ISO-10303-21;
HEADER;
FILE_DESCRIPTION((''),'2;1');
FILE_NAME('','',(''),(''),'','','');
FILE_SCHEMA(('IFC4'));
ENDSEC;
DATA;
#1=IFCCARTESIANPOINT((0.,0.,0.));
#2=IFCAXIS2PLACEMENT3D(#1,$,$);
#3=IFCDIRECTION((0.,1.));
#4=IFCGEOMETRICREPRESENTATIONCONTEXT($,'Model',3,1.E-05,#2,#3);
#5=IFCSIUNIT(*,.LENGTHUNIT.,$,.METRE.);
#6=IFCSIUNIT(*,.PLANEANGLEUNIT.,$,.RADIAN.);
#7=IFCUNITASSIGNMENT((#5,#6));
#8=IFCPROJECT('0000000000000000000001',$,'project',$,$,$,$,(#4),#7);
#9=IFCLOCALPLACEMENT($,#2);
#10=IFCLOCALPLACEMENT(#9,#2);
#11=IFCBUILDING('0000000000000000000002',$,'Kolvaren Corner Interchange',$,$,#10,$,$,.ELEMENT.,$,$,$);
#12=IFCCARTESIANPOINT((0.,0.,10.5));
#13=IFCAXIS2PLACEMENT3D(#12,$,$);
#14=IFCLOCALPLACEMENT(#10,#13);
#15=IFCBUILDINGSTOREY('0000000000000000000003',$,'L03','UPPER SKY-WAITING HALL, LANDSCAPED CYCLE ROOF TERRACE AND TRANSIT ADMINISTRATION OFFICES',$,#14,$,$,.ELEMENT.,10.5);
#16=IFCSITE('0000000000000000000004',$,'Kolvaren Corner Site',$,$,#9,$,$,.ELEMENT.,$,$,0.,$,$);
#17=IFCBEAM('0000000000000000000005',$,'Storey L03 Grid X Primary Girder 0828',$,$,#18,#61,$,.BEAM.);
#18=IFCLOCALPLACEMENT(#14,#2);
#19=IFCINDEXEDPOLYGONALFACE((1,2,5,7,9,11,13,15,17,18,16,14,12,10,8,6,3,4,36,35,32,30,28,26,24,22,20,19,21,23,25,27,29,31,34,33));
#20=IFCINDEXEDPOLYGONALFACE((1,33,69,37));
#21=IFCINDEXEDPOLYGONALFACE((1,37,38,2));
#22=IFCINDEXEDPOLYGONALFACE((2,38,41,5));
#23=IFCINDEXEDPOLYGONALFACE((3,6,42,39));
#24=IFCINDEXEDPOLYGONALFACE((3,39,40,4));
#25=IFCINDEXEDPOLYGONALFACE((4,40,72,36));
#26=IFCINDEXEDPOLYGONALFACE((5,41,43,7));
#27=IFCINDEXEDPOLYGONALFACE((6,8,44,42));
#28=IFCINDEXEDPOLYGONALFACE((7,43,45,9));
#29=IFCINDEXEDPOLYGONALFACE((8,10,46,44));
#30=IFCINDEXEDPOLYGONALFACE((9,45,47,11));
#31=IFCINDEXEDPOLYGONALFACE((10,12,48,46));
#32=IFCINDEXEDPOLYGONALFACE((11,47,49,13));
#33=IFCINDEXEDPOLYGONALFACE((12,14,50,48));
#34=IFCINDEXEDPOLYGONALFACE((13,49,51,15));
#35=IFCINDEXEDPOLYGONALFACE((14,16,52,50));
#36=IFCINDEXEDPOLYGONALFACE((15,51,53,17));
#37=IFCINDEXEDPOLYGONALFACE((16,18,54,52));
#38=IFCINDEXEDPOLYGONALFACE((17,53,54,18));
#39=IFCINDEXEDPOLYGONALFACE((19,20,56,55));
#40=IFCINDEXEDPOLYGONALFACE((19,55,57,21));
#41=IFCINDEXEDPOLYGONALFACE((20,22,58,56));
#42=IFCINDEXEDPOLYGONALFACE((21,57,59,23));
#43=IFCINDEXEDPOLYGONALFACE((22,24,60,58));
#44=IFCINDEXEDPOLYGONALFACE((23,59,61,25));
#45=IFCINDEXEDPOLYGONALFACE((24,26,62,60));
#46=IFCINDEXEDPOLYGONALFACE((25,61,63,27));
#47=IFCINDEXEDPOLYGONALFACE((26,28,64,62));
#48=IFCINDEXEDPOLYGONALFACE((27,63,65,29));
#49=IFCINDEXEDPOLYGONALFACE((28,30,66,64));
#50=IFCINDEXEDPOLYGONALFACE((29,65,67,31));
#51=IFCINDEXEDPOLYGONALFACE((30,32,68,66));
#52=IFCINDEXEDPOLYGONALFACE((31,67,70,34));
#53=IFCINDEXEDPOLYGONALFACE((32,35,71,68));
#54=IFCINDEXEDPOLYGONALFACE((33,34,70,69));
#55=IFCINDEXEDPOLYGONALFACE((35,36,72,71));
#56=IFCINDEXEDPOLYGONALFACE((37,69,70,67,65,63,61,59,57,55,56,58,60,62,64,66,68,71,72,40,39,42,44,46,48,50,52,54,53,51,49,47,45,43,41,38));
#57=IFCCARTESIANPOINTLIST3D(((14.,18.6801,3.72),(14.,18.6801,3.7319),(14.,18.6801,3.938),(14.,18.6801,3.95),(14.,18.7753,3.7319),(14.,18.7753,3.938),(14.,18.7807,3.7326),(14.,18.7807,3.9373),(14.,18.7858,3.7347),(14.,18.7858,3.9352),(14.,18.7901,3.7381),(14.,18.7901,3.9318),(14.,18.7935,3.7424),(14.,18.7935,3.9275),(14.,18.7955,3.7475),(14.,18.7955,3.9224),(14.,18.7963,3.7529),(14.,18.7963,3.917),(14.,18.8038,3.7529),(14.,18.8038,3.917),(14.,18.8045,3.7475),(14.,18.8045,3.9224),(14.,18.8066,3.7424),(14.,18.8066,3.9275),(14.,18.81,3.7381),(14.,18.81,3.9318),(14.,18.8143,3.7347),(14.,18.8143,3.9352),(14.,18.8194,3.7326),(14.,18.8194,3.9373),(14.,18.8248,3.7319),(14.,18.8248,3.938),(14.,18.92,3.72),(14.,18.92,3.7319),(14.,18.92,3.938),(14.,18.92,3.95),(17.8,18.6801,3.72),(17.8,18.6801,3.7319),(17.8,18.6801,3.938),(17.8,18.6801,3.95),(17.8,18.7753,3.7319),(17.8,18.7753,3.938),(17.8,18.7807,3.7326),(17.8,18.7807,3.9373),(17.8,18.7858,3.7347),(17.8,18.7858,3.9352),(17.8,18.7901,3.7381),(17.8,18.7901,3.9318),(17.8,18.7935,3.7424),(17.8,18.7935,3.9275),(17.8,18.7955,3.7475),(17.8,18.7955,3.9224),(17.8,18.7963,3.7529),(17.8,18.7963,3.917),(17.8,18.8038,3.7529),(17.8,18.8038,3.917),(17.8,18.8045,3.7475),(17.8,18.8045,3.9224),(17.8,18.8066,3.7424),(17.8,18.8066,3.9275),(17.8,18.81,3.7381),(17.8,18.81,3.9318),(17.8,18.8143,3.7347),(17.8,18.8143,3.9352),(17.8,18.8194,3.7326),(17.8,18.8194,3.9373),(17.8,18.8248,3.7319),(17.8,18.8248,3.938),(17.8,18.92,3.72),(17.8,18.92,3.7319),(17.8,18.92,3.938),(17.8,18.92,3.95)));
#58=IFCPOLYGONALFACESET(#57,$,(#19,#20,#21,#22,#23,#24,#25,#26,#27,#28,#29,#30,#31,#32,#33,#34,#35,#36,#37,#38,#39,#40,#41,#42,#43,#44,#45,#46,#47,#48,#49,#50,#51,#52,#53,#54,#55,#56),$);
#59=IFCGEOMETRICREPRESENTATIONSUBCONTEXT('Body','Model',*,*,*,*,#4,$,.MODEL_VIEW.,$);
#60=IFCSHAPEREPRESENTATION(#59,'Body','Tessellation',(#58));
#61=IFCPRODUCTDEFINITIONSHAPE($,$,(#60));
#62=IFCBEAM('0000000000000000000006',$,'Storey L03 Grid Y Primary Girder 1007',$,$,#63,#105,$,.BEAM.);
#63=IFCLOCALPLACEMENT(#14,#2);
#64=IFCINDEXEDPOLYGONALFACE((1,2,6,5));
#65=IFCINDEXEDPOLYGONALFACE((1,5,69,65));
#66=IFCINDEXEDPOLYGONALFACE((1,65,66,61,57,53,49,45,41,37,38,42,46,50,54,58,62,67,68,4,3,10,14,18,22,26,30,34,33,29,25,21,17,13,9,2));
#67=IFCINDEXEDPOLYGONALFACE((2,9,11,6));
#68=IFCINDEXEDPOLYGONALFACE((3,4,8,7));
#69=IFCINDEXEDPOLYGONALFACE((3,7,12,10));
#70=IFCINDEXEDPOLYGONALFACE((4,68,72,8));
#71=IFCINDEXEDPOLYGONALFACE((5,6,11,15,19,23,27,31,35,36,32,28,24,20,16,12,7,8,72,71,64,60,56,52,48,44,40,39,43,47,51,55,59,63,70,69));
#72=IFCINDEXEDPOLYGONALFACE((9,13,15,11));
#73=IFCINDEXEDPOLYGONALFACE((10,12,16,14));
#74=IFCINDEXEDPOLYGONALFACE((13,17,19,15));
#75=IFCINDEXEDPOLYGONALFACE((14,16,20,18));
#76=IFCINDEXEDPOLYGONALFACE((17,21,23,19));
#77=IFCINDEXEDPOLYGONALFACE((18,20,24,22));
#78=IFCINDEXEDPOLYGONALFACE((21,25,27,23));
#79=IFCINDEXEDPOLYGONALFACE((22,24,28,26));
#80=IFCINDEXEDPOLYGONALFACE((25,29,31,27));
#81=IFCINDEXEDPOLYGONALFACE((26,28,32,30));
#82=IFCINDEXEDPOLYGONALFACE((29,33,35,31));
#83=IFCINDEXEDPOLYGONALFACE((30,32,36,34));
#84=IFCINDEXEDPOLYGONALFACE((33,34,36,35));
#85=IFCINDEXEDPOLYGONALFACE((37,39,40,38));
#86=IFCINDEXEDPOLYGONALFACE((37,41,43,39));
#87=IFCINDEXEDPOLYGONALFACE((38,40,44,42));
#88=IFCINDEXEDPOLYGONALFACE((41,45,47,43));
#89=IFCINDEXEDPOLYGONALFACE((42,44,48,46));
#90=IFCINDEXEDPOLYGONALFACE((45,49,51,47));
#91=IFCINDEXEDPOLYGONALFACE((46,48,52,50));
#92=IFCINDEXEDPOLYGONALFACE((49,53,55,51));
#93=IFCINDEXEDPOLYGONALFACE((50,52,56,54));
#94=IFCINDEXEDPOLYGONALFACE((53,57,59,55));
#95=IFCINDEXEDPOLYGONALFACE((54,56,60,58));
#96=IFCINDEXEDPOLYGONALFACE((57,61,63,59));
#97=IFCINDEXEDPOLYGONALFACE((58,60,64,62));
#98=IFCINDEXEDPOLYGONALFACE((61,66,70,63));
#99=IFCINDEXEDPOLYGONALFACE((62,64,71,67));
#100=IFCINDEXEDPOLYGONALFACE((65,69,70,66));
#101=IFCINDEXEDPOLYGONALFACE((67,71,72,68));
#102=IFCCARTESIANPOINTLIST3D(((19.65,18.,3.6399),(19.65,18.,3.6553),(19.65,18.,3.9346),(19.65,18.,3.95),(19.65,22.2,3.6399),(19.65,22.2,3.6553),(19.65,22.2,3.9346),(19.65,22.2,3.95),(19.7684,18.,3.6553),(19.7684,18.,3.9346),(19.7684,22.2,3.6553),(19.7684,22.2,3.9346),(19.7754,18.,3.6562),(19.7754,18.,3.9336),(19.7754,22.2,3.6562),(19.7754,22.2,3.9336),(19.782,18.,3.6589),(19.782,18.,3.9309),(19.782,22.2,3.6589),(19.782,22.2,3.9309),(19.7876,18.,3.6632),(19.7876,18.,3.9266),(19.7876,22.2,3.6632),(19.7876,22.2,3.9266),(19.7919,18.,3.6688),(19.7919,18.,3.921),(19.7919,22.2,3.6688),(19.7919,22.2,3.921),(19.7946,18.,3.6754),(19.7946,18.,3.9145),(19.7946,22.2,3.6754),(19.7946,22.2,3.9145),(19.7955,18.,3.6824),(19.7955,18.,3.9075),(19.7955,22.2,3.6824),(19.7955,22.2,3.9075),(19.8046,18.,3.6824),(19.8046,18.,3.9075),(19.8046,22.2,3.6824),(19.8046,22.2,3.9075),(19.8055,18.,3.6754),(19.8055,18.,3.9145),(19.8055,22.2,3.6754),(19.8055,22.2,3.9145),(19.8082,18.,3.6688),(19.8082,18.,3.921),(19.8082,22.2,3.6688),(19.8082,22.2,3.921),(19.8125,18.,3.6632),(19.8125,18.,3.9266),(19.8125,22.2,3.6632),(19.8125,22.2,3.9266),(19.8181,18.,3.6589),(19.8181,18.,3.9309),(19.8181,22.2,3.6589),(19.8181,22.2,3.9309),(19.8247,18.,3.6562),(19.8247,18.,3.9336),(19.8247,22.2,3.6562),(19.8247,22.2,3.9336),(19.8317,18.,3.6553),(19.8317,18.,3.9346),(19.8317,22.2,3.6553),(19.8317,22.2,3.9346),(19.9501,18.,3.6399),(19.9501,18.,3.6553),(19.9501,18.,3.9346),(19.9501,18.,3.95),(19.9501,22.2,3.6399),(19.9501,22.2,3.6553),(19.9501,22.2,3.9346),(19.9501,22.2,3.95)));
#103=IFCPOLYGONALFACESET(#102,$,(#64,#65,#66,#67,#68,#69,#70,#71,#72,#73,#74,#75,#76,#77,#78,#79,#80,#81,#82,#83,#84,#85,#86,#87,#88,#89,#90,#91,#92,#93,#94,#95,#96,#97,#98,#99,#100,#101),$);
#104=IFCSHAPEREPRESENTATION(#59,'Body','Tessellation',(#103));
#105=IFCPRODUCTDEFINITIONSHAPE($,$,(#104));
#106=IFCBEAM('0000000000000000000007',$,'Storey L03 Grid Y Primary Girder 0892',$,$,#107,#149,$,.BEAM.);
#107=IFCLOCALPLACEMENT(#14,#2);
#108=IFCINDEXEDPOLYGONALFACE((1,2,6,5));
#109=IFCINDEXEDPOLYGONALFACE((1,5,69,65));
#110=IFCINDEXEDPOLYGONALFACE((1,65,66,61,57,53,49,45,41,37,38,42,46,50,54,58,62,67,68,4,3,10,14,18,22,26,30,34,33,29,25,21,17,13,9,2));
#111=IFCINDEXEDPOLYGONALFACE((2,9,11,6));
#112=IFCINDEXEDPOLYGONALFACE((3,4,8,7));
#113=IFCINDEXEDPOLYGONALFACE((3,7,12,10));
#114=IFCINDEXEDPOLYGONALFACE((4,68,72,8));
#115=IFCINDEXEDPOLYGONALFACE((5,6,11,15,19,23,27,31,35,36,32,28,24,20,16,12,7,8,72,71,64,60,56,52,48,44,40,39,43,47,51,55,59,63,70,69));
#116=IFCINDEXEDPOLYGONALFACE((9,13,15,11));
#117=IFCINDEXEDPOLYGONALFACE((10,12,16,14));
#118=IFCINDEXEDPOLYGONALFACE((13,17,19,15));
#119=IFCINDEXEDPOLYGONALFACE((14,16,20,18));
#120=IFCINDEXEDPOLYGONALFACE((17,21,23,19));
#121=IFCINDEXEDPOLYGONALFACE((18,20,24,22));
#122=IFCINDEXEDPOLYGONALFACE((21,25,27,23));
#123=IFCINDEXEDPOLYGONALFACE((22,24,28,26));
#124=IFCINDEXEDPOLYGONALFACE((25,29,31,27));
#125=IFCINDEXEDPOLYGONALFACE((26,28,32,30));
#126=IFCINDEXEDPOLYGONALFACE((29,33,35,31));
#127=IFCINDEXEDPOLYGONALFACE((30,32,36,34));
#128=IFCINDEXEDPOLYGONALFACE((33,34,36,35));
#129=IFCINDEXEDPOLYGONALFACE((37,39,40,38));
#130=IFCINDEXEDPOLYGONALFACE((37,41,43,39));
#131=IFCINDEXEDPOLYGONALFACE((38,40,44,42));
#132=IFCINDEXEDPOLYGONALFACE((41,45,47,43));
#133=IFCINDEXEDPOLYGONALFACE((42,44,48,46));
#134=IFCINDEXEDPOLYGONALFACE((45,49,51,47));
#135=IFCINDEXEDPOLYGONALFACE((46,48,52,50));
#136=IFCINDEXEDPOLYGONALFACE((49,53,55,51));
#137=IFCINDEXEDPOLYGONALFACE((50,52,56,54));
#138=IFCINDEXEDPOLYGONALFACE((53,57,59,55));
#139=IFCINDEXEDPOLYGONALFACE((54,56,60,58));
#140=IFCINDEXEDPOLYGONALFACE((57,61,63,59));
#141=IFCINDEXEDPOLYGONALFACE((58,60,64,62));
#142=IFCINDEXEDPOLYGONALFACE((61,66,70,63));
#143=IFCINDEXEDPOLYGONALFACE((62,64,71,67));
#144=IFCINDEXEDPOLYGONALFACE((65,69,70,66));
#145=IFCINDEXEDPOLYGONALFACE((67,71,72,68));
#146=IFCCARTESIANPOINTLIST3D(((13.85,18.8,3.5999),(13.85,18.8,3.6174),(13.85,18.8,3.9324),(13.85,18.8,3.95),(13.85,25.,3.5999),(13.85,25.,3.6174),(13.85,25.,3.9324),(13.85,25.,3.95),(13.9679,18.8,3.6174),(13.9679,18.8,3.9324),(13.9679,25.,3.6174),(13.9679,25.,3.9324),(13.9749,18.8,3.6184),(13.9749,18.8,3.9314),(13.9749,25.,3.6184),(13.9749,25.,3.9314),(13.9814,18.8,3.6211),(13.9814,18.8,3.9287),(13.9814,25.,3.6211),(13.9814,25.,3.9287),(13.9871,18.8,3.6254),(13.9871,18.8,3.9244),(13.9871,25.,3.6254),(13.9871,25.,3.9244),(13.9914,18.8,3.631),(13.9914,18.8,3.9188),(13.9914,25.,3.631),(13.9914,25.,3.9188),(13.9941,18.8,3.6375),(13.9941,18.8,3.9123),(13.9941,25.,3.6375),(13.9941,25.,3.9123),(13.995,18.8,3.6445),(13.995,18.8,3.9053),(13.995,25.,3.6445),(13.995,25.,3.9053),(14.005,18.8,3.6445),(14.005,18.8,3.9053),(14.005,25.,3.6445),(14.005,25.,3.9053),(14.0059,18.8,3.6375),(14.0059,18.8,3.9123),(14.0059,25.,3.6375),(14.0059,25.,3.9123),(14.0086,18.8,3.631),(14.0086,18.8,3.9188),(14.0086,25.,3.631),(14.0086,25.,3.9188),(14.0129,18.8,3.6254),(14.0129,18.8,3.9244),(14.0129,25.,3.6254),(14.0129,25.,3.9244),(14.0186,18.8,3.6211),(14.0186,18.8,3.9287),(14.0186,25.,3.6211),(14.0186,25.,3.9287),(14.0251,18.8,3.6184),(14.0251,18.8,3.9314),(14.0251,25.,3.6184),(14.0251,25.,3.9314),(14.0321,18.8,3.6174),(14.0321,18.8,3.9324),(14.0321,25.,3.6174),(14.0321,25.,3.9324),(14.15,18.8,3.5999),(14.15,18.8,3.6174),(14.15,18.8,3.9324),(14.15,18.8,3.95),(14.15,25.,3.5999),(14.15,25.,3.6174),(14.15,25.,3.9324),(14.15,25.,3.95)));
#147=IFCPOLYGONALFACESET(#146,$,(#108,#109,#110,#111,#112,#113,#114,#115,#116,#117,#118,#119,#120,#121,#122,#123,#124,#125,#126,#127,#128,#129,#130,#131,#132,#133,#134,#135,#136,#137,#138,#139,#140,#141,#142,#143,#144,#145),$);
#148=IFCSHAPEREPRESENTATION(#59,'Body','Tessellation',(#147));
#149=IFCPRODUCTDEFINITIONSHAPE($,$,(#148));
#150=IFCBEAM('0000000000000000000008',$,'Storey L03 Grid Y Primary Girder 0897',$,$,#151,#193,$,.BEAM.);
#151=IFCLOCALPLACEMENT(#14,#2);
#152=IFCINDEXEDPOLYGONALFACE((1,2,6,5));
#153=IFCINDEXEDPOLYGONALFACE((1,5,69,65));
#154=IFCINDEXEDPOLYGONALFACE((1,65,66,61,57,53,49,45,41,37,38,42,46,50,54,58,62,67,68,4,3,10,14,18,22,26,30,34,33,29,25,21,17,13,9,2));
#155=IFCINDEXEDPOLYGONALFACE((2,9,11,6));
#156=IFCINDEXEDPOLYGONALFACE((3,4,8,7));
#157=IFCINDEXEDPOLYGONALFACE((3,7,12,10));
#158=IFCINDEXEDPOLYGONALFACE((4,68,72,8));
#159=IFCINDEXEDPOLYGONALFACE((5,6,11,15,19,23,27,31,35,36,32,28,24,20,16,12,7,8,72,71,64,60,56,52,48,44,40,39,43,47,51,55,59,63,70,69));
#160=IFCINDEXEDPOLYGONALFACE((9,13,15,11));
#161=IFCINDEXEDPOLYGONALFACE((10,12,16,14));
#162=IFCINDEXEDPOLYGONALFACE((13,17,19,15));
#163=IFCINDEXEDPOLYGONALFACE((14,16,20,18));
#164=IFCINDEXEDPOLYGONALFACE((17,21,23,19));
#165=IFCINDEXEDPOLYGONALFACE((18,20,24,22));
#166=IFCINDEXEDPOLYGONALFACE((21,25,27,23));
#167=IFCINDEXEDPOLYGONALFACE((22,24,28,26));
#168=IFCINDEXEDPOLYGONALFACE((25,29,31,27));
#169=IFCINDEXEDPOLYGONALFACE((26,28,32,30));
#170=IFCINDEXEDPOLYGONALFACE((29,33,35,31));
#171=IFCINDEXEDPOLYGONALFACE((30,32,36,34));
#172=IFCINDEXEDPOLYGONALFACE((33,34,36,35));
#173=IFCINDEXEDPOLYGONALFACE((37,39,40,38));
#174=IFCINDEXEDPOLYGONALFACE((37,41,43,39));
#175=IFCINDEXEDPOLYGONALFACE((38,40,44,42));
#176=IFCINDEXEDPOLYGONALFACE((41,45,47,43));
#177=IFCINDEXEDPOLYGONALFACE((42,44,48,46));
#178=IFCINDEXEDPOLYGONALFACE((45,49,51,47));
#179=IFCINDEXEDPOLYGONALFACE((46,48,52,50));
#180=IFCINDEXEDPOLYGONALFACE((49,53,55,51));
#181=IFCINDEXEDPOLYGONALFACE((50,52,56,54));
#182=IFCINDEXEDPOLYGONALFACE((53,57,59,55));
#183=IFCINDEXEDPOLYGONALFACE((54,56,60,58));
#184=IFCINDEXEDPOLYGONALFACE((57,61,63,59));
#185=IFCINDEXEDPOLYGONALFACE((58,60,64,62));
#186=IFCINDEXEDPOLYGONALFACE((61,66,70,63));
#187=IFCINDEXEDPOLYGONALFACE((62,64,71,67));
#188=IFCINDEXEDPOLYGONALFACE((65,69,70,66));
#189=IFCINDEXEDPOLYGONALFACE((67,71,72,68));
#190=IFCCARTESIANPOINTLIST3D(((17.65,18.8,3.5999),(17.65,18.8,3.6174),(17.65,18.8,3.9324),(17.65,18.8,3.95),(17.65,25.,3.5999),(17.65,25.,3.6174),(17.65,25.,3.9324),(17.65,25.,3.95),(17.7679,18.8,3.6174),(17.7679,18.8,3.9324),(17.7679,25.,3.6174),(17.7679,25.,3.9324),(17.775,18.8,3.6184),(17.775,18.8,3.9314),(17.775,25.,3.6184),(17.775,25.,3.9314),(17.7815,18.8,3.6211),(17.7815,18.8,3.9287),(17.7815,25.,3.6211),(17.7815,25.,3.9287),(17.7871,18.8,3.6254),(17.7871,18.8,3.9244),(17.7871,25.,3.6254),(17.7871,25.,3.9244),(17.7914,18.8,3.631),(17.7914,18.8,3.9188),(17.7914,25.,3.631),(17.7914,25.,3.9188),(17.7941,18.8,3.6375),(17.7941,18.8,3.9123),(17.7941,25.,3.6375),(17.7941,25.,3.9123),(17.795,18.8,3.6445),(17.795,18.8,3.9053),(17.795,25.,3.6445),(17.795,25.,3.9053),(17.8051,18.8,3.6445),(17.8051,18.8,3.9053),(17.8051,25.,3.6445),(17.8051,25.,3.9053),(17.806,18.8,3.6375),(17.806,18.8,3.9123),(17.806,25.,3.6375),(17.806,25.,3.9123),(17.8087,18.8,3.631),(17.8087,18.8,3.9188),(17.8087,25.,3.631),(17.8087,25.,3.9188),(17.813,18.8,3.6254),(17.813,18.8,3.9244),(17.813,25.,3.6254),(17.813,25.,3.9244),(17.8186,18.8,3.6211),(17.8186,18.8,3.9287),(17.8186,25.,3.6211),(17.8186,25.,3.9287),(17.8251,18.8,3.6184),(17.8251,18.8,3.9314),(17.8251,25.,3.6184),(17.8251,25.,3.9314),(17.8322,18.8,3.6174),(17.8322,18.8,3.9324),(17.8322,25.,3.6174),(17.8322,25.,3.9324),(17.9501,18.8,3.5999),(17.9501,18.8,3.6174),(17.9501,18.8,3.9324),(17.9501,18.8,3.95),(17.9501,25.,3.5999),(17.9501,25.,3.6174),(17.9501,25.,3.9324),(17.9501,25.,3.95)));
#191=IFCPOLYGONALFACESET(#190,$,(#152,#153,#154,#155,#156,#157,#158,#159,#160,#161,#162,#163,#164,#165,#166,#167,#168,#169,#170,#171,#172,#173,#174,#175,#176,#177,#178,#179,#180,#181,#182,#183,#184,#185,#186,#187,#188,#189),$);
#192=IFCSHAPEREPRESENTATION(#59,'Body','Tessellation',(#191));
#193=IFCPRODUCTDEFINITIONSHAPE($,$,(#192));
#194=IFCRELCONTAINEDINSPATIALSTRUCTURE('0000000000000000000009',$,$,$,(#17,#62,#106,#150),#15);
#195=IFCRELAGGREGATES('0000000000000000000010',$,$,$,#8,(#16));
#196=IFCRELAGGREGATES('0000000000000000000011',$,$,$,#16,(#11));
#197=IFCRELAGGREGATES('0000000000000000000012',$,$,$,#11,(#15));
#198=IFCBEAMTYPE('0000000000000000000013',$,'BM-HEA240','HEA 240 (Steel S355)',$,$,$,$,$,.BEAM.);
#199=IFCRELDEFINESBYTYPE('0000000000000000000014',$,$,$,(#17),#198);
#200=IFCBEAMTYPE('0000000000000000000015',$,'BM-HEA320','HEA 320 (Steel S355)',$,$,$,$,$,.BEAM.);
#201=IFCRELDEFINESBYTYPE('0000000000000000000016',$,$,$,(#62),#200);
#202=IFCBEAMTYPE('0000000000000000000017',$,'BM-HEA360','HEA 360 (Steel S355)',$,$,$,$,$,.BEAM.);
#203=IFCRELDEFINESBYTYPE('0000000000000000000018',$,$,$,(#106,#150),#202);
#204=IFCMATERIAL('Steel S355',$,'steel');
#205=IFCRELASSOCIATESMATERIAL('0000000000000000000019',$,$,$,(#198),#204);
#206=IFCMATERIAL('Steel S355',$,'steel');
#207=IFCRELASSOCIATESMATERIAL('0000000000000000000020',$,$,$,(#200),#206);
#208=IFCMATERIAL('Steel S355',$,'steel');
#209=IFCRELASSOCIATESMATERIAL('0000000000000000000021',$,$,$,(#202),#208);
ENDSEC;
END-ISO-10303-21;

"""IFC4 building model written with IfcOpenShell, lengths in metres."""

from ifc_helpers import new_model, si_unit, direction, frame, origin, origin_2d, place, context, subcontext, project, spatial, i_section, extrude, material, material_profile, profile_set, type_object, element, save


model = new_model("IFC4")

# Units and contexts
model_context = context("Model", 3, precision=1e-05, world=origin(), true_north=direction((0.0, 1.0)))
body_context = subcontext(model_context, "Body", "Model", "MODEL_VIEW")
ifc_project = project(units=[si_unit("LENGTHUNIT", "METRE"), si_unit("PLANEANGLEUNIT", "RADIAN")], contexts=[model_context])

# Site, building, storey
site_placement = place(None, origin())
site = spatial("IfcSite", under=ifc_project, at=site_placement, Name="Kolvaren Corner Site", CompositionType="ELEMENT", RefElevation=0.0)
building_placement = place(site_placement, origin())
building = spatial("IfcBuilding", under=site, at=building_placement, Name="Kolvaren Corner Interchange", CompositionType="ELEMENT")
storey_placement = place(building_placement, frame((0.0, 0.0, 10.5)))
storey = spatial("IfcBuildingStorey", under=building, at=storey_placement, Name="L03", Description="UPPER SKY-WAITING HALL, LANDSCAPED CYCLE ROOF TERRACE AND TRANSIT ADMINISTRATION OFFICES", CompositionType="ELEMENT", Elevation=10.5)

# Beams
ifc_material_1 = material(Name="Steel S355", Category="steel")
ifc_material_profile_1 = material_profile(ifc_material_1, i_section(OverallWidth=0.24, OverallDepth=0.23, WebThickness=0.0076, FlangeThickness=0.012, FilletRadius=0.021, at=origin_2d()), Name="HEA 240")
ifc_profile_set_1 = profile_set([ifc_material_profile_1], Name="Steel S355")
beam_type_1 = type_object("IfcBeamType", Name="BM-HEA240", Description="HEA 240 (Steel S355)", PredefinedType="BEAM", material=ifc_profile_set_1)
beam_1_placement = place(storey_placement, frame((14.0, 18.8, 3.835), z_axis=(1.0, 0.0, 0.0), x_axis=(0.0, 1.0, 0.0)))
element("IfcBeam", 1, at=beam_1_placement, inside=storey, type_object=beam_type_1, Name="Storey L03 Grid X Primary Girder 0828", PredefinedType="BEAM", context=body_context, shape_type="SweptSolid", body=[
    extrude(i_section(OverallWidth=0.24, OverallDepth=0.23, WebThickness=0.0076, FlangeThickness=0.012, FilletRadius=0.021, at=origin_2d()), origin(), (0.0, 0.0, 1.0), 3.8),
])
ifc_material_2 = material(Name="Steel S355", Category="steel")
ifc_material_profile_2 = material_profile(ifc_material_2, i_section(OverallWidth=0.3, OverallDepth=0.3101, WebThickness=0.009, FlangeThickness=0.0154, FilletRadius=0.0271, at=origin_2d()), Name="HEA 320")
ifc_profile_set_2 = profile_set([ifc_material_profile_2], Name="Steel S355")
beam_type_2 = type_object("IfcBeamType", Name="BM-HEA320", Description="HEA 320 (Steel S355)", PredefinedType="BEAM", material=ifc_profile_set_2)
beam_2_placement = place(storey_placement, frame((19.8, 18.0, 3.7949), z_axis=(0.0, 1.0, 0.0), x_axis=(-1.0, 0.0, 0.0)))
element("IfcBeam", 2, at=beam_2_placement, inside=storey, type_object=beam_type_2, Name="Storey L03 Grid Y Primary Girder 1007", PredefinedType="BEAM", context=body_context, shape_type="SweptSolid", body=[
    extrude(i_section(OverallWidth=0.3, OverallDepth=0.3101, WebThickness=0.009, FlangeThickness=0.0154, FilletRadius=0.0271, at=origin_2d()), origin(), (0.0, 0.0, 1.0), 4.2),
])
ifc_material_3 = material(Name="Steel S355", Category="steel")
ifc_material_profile_3 = material_profile(ifc_material_3, i_section(OverallWidth=0.3, OverallDepth=0.3501, WebThickness=0.01, FlangeThickness=0.0176, FilletRadius=0.0271, at=origin_2d()), Name="HEA 360")
ifc_profile_set_3 = profile_set([ifc_material_profile_3], Name="Steel S355")
beam_type_3 = type_object("IfcBeamType", Name="BM-HEA360", Description="HEA 360 (Steel S355)", PredefinedType="BEAM", material=ifc_profile_set_3)
for number, where, z_axis, x_axis, name in (
    (3, (14.0, 18.8, 3.7749), (0.0, 1.0, 0.0), (-1.0, 0.0, 0.0), "Storey L03 Grid Y Primary Girder 0892"),
    (4, (17.8, 18.8, 3.7749), (0.0, 1.0, 0.0), (-1.0, 0.0, 0.0), "Storey L03 Grid Y Primary Girder 0897"),
):
    element("IfcBeam", number, at=place(storey_placement, frame(where, z_axis=z_axis, x_axis=x_axis)), inside=storey, type_object=beam_type_3, Name=name, PredefinedType="BEAM", context=body_context, shape_type="SweptSolid", body=[
        extrude(i_section(OverallWidth=0.3, OverallDepth=0.3501, WebThickness=0.01, FlangeThickness=0.0176, FilletRadius=0.0271, at=origin_2d()), origin(), (0.0, 0.0, 1.0), 6.2),
    ])

save(model, "model.ifc")
